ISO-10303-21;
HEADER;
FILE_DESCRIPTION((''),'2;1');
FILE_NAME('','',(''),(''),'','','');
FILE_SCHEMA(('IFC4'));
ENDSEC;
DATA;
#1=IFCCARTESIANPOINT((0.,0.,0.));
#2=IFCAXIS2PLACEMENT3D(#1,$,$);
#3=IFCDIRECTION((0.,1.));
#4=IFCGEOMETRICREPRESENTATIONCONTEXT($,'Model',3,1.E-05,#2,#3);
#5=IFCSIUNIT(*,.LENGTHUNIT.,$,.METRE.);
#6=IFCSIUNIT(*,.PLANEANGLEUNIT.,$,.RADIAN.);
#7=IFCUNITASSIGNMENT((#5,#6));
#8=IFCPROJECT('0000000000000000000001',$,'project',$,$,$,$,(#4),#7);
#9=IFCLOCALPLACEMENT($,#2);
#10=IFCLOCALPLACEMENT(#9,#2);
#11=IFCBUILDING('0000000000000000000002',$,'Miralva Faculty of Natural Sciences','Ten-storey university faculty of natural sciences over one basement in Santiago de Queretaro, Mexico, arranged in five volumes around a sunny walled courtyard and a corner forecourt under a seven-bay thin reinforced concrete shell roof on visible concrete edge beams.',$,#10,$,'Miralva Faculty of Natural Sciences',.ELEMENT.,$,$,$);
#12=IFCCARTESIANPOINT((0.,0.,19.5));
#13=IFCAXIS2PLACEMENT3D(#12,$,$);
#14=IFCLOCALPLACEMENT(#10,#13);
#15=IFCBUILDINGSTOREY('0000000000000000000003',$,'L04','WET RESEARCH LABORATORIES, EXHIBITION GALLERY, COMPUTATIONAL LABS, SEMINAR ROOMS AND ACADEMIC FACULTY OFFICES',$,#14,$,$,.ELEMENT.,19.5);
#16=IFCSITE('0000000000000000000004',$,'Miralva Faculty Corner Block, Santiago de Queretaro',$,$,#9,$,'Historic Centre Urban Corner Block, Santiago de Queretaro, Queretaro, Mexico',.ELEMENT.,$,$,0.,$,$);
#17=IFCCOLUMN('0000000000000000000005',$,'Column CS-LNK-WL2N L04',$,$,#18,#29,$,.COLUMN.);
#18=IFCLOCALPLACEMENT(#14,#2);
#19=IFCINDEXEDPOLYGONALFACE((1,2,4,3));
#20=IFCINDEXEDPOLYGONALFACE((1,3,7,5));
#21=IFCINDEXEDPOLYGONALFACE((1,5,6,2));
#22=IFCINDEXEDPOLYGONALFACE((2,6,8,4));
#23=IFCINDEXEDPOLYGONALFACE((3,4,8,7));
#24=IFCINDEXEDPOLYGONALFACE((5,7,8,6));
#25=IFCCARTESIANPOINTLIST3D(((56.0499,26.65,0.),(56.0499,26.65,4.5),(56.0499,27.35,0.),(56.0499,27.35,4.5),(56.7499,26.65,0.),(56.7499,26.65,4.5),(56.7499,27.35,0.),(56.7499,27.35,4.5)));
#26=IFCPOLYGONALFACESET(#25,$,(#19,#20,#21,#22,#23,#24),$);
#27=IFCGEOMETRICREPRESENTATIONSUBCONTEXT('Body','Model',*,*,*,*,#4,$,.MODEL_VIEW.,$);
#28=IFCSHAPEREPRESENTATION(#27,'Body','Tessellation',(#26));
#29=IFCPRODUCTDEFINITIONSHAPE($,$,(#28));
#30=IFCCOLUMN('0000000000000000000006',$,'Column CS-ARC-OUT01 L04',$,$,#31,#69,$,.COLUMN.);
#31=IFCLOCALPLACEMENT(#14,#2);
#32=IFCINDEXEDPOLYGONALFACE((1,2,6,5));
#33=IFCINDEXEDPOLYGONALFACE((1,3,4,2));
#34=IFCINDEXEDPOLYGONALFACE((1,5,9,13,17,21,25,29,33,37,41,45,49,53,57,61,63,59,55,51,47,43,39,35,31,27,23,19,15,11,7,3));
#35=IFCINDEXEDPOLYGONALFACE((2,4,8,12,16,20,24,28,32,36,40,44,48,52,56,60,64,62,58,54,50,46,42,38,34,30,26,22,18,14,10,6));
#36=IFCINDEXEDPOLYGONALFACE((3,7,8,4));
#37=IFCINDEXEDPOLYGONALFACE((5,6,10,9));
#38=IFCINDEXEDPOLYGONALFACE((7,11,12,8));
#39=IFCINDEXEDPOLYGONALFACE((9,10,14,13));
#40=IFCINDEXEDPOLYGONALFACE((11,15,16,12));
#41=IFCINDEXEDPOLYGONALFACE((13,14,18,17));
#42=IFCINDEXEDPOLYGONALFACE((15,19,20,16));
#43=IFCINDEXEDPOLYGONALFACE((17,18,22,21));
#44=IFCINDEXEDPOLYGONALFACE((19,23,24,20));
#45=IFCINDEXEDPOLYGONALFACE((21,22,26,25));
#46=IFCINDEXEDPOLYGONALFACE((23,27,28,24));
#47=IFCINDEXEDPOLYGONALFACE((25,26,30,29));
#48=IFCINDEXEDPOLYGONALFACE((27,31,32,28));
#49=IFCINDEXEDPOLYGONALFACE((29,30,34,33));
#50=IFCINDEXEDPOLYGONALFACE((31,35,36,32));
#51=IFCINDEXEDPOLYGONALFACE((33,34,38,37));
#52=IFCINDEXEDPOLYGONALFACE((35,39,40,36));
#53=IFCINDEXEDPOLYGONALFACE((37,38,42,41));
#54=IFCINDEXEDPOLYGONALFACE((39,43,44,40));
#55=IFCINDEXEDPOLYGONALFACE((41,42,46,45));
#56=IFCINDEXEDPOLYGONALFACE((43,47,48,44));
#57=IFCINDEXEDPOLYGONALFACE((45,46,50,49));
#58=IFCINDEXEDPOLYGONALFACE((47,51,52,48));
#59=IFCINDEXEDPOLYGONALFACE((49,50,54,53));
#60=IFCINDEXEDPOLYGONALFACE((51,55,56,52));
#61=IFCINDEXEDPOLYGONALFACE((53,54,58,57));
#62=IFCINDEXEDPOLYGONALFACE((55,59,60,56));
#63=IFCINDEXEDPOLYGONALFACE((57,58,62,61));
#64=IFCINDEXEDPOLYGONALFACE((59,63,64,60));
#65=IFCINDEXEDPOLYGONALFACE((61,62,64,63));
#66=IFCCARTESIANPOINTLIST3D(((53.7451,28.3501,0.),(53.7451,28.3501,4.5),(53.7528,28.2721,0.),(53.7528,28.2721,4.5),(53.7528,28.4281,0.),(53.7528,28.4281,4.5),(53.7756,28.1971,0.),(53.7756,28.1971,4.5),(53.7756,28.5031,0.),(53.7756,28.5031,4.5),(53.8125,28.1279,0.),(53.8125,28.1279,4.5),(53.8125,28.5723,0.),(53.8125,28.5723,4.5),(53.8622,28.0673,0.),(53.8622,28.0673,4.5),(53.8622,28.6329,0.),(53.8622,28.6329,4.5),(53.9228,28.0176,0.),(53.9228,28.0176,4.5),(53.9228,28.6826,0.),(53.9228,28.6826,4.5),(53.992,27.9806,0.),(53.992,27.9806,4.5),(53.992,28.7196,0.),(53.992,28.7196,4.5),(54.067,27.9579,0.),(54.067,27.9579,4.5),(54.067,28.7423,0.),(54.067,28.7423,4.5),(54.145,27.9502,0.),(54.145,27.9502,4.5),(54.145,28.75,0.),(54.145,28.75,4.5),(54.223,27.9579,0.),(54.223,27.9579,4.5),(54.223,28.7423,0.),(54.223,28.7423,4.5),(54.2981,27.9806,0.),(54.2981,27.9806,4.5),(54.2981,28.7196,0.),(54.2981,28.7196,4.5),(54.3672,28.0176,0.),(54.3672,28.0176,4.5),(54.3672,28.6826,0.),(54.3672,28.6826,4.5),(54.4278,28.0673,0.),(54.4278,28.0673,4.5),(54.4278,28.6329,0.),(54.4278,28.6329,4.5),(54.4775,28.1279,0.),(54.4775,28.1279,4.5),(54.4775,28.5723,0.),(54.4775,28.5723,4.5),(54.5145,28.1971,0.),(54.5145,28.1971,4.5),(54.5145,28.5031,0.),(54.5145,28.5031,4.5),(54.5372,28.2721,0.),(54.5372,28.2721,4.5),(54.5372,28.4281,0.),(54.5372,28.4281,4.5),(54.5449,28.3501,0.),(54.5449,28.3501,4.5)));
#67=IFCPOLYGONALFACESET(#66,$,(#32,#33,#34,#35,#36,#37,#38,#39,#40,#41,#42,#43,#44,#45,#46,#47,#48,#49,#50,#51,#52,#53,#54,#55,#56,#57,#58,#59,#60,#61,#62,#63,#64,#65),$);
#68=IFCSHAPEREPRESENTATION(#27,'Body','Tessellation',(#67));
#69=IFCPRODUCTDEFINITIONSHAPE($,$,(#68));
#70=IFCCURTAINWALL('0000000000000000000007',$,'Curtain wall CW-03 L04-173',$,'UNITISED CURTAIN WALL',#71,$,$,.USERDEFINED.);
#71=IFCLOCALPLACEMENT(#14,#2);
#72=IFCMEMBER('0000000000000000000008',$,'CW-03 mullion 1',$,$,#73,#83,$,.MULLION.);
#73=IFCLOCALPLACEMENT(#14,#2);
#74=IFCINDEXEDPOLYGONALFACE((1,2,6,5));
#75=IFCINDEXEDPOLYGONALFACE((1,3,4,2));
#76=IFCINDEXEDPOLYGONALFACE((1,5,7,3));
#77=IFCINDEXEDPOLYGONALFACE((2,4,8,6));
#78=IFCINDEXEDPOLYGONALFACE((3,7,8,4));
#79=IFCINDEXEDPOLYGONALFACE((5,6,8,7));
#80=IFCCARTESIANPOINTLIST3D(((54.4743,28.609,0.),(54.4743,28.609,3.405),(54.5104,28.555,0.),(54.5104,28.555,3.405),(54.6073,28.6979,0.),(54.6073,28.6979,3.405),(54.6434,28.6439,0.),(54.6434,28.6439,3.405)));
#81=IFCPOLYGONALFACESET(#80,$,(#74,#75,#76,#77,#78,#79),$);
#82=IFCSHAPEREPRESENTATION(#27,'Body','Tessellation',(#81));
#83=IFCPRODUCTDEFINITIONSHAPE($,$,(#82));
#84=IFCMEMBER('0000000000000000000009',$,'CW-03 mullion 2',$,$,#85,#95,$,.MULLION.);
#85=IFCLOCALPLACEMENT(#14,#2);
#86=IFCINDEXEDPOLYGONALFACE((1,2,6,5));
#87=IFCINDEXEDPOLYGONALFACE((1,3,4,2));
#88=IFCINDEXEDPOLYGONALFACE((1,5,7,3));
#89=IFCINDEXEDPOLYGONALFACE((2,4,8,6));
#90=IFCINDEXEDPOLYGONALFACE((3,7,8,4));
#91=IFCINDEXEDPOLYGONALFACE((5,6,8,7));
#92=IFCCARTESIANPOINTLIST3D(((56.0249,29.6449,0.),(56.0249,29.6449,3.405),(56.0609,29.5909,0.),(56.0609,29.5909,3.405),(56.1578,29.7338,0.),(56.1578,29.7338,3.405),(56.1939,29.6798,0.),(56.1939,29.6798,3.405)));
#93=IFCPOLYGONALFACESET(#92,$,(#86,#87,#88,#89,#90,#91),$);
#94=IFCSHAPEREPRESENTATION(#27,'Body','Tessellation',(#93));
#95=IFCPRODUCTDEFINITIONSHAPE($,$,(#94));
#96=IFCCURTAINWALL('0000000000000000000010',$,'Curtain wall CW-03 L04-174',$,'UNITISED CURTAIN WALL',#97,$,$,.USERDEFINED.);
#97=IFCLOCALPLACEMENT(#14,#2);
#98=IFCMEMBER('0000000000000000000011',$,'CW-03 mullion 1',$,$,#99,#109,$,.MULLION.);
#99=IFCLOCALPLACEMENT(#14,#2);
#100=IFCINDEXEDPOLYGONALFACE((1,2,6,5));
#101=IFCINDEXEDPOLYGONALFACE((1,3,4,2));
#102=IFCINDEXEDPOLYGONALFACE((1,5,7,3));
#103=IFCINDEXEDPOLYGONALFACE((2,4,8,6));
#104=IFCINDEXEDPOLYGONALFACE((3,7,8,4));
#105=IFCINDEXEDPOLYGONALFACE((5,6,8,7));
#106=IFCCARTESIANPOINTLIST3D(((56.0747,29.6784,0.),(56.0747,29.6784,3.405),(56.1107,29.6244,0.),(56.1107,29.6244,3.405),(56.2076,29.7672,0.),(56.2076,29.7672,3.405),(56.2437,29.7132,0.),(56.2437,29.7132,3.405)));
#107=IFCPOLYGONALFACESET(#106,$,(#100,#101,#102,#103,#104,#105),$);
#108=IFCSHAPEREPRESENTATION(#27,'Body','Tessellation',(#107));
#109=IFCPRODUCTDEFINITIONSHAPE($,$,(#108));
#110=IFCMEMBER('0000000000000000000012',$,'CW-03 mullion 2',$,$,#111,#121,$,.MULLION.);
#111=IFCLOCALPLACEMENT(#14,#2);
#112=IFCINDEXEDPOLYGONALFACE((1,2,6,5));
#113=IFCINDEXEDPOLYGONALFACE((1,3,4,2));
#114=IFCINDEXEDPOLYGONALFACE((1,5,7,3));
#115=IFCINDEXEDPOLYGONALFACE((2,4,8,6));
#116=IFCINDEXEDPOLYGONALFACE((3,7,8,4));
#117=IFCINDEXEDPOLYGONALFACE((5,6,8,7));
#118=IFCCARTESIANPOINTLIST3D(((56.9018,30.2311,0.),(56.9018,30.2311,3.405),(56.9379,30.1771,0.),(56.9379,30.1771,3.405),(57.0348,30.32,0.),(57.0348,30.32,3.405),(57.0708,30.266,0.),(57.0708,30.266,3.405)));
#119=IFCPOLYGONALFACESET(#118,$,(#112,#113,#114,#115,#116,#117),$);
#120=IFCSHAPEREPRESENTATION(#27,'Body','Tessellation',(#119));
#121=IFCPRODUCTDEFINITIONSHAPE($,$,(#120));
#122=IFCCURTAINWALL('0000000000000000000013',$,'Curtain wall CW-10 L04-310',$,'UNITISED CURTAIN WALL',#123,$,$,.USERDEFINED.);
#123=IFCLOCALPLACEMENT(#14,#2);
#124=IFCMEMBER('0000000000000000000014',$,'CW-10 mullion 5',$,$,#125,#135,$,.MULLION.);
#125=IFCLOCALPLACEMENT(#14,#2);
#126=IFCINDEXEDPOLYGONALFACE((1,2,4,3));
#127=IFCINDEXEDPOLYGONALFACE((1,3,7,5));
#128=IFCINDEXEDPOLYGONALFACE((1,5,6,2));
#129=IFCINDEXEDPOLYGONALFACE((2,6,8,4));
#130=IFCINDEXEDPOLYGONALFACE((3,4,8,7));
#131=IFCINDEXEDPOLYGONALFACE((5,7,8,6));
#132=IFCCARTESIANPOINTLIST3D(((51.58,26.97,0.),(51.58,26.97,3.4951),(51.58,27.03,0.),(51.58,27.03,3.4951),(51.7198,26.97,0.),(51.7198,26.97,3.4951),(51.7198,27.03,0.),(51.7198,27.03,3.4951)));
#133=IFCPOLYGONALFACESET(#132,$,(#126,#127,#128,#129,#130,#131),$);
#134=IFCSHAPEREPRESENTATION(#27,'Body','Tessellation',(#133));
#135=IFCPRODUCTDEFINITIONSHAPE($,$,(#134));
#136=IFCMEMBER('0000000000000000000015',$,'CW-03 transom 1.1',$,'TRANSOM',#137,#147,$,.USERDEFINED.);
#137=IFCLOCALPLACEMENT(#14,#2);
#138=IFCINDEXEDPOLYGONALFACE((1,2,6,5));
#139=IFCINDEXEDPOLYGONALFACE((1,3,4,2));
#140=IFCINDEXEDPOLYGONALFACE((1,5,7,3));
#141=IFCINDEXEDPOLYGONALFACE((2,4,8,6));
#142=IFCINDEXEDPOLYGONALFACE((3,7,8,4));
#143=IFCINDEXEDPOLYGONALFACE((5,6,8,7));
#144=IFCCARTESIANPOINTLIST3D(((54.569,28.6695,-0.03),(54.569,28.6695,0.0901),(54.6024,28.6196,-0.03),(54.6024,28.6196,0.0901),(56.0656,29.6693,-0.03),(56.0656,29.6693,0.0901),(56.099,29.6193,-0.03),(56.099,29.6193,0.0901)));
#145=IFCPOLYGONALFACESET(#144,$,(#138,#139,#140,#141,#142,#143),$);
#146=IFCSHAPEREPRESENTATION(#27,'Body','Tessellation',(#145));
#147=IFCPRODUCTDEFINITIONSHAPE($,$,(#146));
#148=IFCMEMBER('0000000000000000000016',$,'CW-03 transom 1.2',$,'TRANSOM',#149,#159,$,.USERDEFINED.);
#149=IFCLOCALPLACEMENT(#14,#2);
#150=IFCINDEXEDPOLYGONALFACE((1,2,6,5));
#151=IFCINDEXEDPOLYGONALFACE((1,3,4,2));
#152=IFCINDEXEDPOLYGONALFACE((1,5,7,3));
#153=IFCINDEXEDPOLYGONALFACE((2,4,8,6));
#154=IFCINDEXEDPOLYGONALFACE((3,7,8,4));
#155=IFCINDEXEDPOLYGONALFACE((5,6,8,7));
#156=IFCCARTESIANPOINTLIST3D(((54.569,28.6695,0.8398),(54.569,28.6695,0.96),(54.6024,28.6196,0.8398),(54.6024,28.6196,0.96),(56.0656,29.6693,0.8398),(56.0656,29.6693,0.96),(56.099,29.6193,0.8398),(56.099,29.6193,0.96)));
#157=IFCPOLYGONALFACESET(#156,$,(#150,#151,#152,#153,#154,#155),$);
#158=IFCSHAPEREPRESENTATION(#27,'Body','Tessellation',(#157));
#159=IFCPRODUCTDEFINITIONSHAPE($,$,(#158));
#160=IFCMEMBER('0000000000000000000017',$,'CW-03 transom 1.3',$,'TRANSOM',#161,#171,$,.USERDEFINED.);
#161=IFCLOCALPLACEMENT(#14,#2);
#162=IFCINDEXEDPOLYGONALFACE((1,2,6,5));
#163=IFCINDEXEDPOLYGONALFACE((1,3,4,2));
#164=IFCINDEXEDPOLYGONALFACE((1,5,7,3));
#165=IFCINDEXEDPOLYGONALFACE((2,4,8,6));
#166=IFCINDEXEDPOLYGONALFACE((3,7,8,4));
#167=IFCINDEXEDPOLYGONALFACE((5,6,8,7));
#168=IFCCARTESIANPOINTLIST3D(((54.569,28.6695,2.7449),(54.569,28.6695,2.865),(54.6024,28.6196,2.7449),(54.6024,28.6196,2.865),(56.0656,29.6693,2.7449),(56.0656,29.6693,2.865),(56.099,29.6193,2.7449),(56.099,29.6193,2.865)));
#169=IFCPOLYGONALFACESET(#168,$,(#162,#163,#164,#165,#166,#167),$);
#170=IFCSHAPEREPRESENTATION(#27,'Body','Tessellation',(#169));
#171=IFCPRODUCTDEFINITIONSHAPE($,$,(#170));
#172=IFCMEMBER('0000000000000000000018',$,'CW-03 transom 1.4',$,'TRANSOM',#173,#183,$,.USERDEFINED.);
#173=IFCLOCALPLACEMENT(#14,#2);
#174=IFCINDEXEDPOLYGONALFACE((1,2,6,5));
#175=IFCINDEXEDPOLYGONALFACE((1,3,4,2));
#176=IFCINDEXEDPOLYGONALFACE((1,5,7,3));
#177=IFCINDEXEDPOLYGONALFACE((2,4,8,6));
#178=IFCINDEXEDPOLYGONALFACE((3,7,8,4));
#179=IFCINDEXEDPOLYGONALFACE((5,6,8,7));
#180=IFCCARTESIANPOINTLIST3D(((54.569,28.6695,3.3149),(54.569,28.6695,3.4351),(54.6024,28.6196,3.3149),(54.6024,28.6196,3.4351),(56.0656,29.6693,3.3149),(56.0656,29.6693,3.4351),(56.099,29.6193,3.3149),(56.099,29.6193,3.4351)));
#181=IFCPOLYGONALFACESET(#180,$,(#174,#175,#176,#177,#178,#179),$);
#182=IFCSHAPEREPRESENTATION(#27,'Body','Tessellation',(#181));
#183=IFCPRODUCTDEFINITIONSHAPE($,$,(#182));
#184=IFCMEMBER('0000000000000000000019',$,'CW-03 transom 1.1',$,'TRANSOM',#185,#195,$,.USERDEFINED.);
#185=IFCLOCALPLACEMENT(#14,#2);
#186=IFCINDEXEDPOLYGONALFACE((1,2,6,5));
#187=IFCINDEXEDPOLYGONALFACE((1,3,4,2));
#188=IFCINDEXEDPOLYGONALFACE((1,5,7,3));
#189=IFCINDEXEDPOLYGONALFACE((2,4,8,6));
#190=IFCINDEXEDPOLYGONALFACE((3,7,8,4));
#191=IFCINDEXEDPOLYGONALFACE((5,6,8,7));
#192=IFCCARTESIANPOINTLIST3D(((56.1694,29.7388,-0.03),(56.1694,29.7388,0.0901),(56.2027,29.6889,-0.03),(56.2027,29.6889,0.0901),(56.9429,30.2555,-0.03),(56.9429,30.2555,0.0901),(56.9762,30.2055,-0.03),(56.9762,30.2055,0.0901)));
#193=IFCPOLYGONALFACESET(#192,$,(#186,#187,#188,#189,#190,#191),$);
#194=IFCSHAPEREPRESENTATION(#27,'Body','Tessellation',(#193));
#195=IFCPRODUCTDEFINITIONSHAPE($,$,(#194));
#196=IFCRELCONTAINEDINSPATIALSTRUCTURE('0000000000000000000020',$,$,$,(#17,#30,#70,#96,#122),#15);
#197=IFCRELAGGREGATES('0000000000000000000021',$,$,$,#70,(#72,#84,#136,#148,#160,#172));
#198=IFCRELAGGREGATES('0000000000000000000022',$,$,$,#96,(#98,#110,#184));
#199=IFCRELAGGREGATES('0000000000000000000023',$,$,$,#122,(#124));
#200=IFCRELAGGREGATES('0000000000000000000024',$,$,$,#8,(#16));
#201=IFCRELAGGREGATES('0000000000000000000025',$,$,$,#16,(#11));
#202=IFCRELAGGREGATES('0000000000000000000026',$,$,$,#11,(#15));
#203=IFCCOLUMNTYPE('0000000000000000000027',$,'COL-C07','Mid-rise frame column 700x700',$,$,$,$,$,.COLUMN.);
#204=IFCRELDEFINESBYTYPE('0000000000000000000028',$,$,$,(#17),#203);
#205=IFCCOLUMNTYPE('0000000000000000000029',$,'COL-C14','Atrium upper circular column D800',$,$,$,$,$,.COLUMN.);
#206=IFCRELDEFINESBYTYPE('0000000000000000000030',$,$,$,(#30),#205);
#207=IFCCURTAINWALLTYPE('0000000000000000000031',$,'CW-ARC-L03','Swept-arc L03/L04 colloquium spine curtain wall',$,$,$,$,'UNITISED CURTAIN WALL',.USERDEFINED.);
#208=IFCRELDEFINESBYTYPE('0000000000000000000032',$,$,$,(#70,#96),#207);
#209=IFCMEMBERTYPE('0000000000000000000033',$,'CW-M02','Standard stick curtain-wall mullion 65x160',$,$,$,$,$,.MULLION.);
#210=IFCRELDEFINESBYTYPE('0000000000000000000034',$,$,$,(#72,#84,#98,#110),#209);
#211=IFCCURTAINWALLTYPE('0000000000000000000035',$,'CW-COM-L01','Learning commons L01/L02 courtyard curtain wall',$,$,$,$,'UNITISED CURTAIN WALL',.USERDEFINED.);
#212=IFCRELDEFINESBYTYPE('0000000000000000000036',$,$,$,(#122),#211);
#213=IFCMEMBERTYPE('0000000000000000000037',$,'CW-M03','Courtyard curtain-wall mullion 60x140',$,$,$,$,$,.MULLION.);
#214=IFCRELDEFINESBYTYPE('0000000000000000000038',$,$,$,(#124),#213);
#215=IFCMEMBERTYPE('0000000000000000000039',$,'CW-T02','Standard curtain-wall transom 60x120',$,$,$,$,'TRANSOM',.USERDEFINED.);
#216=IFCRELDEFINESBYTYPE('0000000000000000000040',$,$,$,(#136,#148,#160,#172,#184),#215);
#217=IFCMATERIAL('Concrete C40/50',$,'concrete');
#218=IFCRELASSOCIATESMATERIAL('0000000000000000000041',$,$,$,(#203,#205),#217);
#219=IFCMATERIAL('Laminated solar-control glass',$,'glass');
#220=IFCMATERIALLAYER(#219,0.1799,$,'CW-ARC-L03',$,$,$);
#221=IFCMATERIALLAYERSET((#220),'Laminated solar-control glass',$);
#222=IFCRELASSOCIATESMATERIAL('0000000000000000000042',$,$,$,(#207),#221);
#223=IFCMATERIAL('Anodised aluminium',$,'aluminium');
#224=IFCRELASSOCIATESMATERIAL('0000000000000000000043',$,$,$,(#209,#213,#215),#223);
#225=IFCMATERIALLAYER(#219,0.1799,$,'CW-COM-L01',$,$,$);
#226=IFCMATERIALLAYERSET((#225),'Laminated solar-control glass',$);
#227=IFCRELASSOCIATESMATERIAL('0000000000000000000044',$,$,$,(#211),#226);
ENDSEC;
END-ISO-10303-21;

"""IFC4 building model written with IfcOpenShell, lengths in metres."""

from ifc_helpers import new_model, si_unit, direction, frame, origin, origin_2d, place, context, subcontext, project, spatial, rectangle, circle, extrude, material, layer, layer_set, material_profile, profile_set, type_object, element, aggregate, save


model = new_model("IFC4")

# Units and contexts
model_context = context("Model", 3, precision=1e-05, world=origin(), true_north=direction((0.0, 1.0)))
body_context = subcontext(model_context, "Body", "Model", "MODEL_VIEW")
ifc_project = project(units=[si_unit("LENGTHUNIT", "METRE"), si_unit("PLANEANGLEUNIT", "RADIAN")], contexts=[model_context])

# Site, building, storey
site_placement = place(None, origin())
site = spatial("IfcSite", under=ifc_project, at=site_placement, Name="Miralva Faculty Corner Block, Santiago de Queretaro", LongName="Historic Centre Urban Corner Block, Santiago de Queretaro, Queretaro, Mexico", CompositionType="ELEMENT", RefElevation=0.0)
building_placement = place(site_placement, origin())
building = spatial("IfcBuilding", under=site, at=building_placement, Name="Miralva Faculty of Natural Sciences", Description="Ten-storey university faculty of natural sciences over one basement in Santiago de Queretaro, Mexico, arranged in five volumes around a sunny walled courtyard and a corner forecourt under a seven-bay thin reinforced concrete shell roof on visible concrete edge beams.", LongName="Miralva Faculty of Natural Sciences", CompositionType="ELEMENT")
storey_placement = place(building_placement, frame((0.0, 0.0, 19.5)))
storey = spatial("IfcBuildingStorey", under=building, at=storey_placement, Name="L04", Description="WET RESEARCH LABORATORIES, EXHIBITION GALLERY, COMPUTATIONAL LABS, SEMINAR ROOMS AND ACADEMIC FACULTY OFFICES", CompositionType="ELEMENT", Elevation=19.5)

# Columns
ifc_material_1 = material(Name="Concrete C40/50", Category="concrete")
ifc_material_profile_1 = material_profile(ifc_material_1, rectangle(XDim=0.7, YDim=0.7, at=origin_2d()), Name="RC 700x700")
ifc_profile_set_1 = profile_set([ifc_material_profile_1], Name="Concrete C40/50")
column_type_1 = type_object("IfcColumnType", Name="COL-C07", Description="Mid-rise frame column 700x700", PredefinedType="COLUMN", material=ifc_profile_set_1)
column_1_placement = place(storey_placement, frame((56.3999, 27.0, 0.0), z_axis=(0.0, 0.0, 1.0), x_axis=(1.0, 0.0, 0.0)))
element("IfcColumn", 1, at=column_1_placement, inside=storey, type_object=column_type_1, Name="Column CS-LNK-WL2N L04", PredefinedType="COLUMN", context=body_context, shape_type="SweptSolid", body=[
    extrude(rectangle(XDim=0.7, YDim=0.7, at=origin_2d()), origin(), (0.0, 0.0, 1.0), 4.5),
])
ifc_material_profile_2 = material_profile(ifc_material_1, circle(Radius=0.3999, at=origin_2d()), Name="RC DIA 800")
ifc_profile_set_2 = profile_set([ifc_material_profile_2], Name="Concrete C40/50")
column_type_2 = type_object("IfcColumnType", Name="COL-C14", Description="Atrium upper circular column D800", PredefinedType="COLUMN", material=ifc_profile_set_2)
column_2_placement = place(storey_placement, frame((54.145, 28.3501, 0.0), z_axis=(0.0, 0.0, 1.0), x_axis=(1.0, 0.0, 0.0)))
element("IfcColumn", 2, at=column_2_placement, inside=storey, type_object=column_type_2, Name="Column CS-ARC-OUT01 L04", PredefinedType="COLUMN", context=body_context, shape_type="SweptSolid", body=[
    extrude(circle(Radius=0.3999, at=origin_2d()), origin(), (0.0, 0.0, 1.0), 4.5),
])

# Curtain walls, members
ifc_material_2 = material(Name="Laminated solar-control glass", Category="glass")
ifc_layer_1 = layer(ifc_material_2, 0.1799, Name="CW-ARC-L03")
ifc_layer_set_1 = layer_set([ifc_layer_1], Name="Laminated solar-control glass")
curtain_wall_type_1 = type_object("IfcCurtainWallType", Name="CW-ARC-L03", Description="Swept-arc L03/L04 colloquium spine curtain wall", ElementType="UNITISED CURTAIN WALL", PredefinedType="USERDEFINED", material=ifc_layer_set_1)
curtain_wall_1_placement = place(storey_placement, origin())
curtain_wall_1 = element("IfcCurtainWall", 3, at=curtain_wall_1_placement, inside=storey, type_object=curtain_wall_type_1, Name="Curtain wall CW-03 L04-173", ObjectType="UNITISED CURTAIN WALL", PredefinedType="USERDEFINED")
ifc_material_3 = material(Name="Anodised aluminium", Category="aluminium")
ifc_material_profile_3 = material_profile(ifc_material_3, rectangle(XDim=0.0649, YDim=0.1599, at=origin_2d()), Name="MULLION 65x160")
ifc_profile_set_3 = profile_set([ifc_material_profile_3], Name="Anodised aluminium")
member_type_1 = type_object("IfcMemberType", Name="CW-M02", Description="Standard stick curtain-wall mullion 65x160", PredefinedType="MULLION", material=ifc_profile_set_3)
member_1_placement = place(storey_placement, frame((54.5588, 28.6265, 0.0), z_axis=(0.0, 0.0, 1.0), x_axis=(-0.555549, 0.831484, 0.0)))
member_1 = element("IfcMember", 4, at=member_1_placement, type_object=member_type_1, Name="CW-03 mullion 1", PredefinedType="MULLION", context=body_context, shape_type="SweptSolid", body=[
    extrude(rectangle(XDim=0.0649, YDim=0.1599, at=origin_2d()), origin(), (0.0, 0.0, 1.0), 3.405),
])
member_2_placement = place(storey_placement, frame((56.1094, 29.6624, 0.0), z_axis=(0.0, 0.0, 1.0), x_axis=(-0.555549, 0.831484, 0.0)))
member_2 = element("IfcMember", 5, at=member_2_placement, type_object=member_type_1, Name="CW-03 mullion 2", PredefinedType="MULLION", context=body_context, shape_type="SweptSolid", body=[
    extrude(rectangle(XDim=0.0649, YDim=0.1599, at=origin_2d()), origin(), (0.0, 0.0, 1.0), 3.405),
])
curtain_wall_2_placement = place(storey_placement, origin())
curtain_wall_2 = element("IfcCurtainWall", 6, at=curtain_wall_2_placement, inside=storey, type_object=curtain_wall_type_1, Name="Curtain wall CW-03 L04-174", ObjectType="UNITISED CURTAIN WALL", PredefinedType="USERDEFINED")
member_3_placement = place(storey_placement, frame((56.1592, 29.6958, 0.0), z_axis=(0.0, 0.0, 1.0), x_axis=(-0.555587, 0.831458, 0.0)))
member_3 = element("IfcMember", 7, at=member_3_placement, type_object=member_type_1, Name="CW-03 mullion 1", PredefinedType="MULLION", context=body_context, shape_type="SweptSolid", body=[
    extrude(rectangle(XDim=0.0649, YDim=0.1599, at=origin_2d()), origin(), (0.0, 0.0, 1.0), 3.405),
])
member_4_placement = place(storey_placement, frame((56.9863, 30.2485, 0.0), z_axis=(0.0, 0.0, 1.0), x_axis=(-0.555587, 0.831458, 0.0)))
member_4 = element("IfcMember", 8, at=member_4_placement, type_object=member_type_1, Name="CW-03 mullion 2", PredefinedType="MULLION", context=body_context, shape_type="SweptSolid", body=[
    extrude(rectangle(XDim=0.0649, YDim=0.1599, at=origin_2d()), origin(), (0.0, 0.0, 1.0), 3.405),
])

# Curtain wall, member
ifc_layer_2 = layer(ifc_material_2, 0.1799, Name="CW-COM-L01")
ifc_layer_set_2 = layer_set([ifc_layer_2], Name="Laminated solar-control glass")
curtain_wall_type_2 = type_object("IfcCurtainWallType", Name="CW-COM-L01", Description="Learning commons L01/L02 courtyard curtain wall", ElementType="UNITISED CURTAIN WALL", PredefinedType="USERDEFINED", material=ifc_layer_set_2)
curtain_wall_3_placement = place(storey_placement, origin())
curtain_wall_3 = element("IfcCurtainWall", 9, at=curtain_wall_3_placement, inside=storey, type_object=curtain_wall_type_2, Name="Curtain wall CW-10 L04-310", ObjectType="UNITISED CURTAIN WALL", PredefinedType="USERDEFINED")
ifc_material_profile_4 = material_profile(ifc_material_3, rectangle(XDim=0.0601, YDim=0.1399, at=origin_2d()), Name="MULLION 60x140")
ifc_profile_set_4 = profile_set([ifc_material_profile_4], Name="Anodised aluminium")
member_type_2 = type_object("IfcMemberType", Name="CW-M03", Description="Courtyard curtain-wall mullion 60x140", PredefinedType="MULLION", material=ifc_profile_set_4)
member_5_placement = place(storey_placement, frame((51.6499, 27.0, 0.0), z_axis=(0.0, 0.0, 1.0), x_axis=(0.0, 1.0, 0.0)))
member_5 = element("IfcMember", 10, at=member_5_placement, type_object=member_type_2, Name="CW-10 mullion 5", PredefinedType="MULLION", context=body_context, shape_type="SweptSolid", body=[
    extrude(rectangle(XDim=0.0601, YDim=0.1399, at=origin_2d()), origin(), (0.0, 0.0, 1.0), 3.4951),
])

# Members
ifc_material_profile_5 = material_profile(ifc_material_3, rectangle(XDim=0.0601, YDim=0.1201, at=origin_2d()), Name="TRANSOM 60x120")
ifc_profile_set_5 = profile_set([ifc_material_profile_5], Name="Anodised aluminium")
member_type_3 = type_object("IfcMemberType", Name="CW-T02", Description="Standard curtain-wall transom 60x120", ElementType="TRANSOM", PredefinedType="USERDEFINED", material=ifc_profile_set_5)
member_6_placement = place(storey_placement, frame((54.5857, 28.6445, 0.03), z_axis=(0.831528, 0.555483, 0.0), x_axis=(-0.555483, 0.831528, 0.0)))
member_6 = element("IfcMember", 11, at=member_6_placement, type_object=member_type_3, Name="CW-03 transom 1.1", ObjectType="TRANSOM", PredefinedType="USERDEFINED", context=body_context, shape_type="SweptSolid", body=[
    extrude(rectangle(XDim=0.0601, YDim=0.1201, at=origin_2d()), origin(), (0.0, 0.0, 1.0), 1.7998),
])
member_7_placement = place(storey_placement, frame((54.5857, 28.6445, 0.8999), z_axis=(0.831528, 0.555483, 0.0), x_axis=(-0.555483, 0.831528, 0.0)))
member_7 = element("IfcMember", 12, at=member_7_placement, type_object=member_type_3, Name="CW-03 transom 1.2", ObjectType="TRANSOM", PredefinedType="USERDEFINED", context=body_context, shape_type="SweptSolid", body=[
    extrude(rectangle(XDim=0.0601, YDim=0.1201, at=origin_2d()), origin(), (0.0, 0.0, 1.0), 1.7998),
])
member_8_placement = place(storey_placement, frame((54.5857, 28.6445, 2.8049), z_axis=(0.831528, 0.555483, 0.0), x_axis=(-0.555483, 0.831528, 0.0)))
member_8 = element("IfcMember", 13, at=member_8_placement, type_object=member_type_3, Name="CW-03 transom 1.3", ObjectType="TRANSOM", PredefinedType="USERDEFINED", context=body_context, shape_type="SweptSolid", body=[
    extrude(rectangle(XDim=0.0601, YDim=0.1201, at=origin_2d()), origin(), (0.0, 0.0, 1.0), 1.7998),
])
member_9_placement = place(storey_placement, frame((54.5857, 28.6445, 3.375), z_axis=(0.831528, 0.555483, 0.0), x_axis=(-0.555483, 0.831528, 0.0)))
member_9 = element("IfcMember", 14, at=member_9_placement, type_object=member_type_3, Name="CW-03 transom 1.4", ObjectType="TRANSOM", PredefinedType="USERDEFINED", context=body_context, shape_type="SweptSolid", body=[
    extrude(rectangle(XDim=0.0601, YDim=0.1201, at=origin_2d()), origin(), (0.0, 0.0, 1.0), 1.7998),
])
member_10_placement = place(storey_placement, frame((56.186, 29.7139, 0.03), z_axis=(0.831565, 0.555427, 0.0), x_axis=(-0.555427, 0.831565, 0.0)))
member_10 = element("IfcMember", 15, at=member_10_placement, type_object=member_type_3, Name="CW-03 transom 1.1", ObjectType="TRANSOM", PredefinedType="USERDEFINED", context=body_context, shape_type="SweptSolid", body=[
    extrude(rectangle(XDim=0.0601, YDim=0.1201, at=origin_2d()), origin(), (0.0, 0.0, 1.0), 0.9302),
])

aggregate(curtain_wall_1, [member_1, member_2, member_6, member_7, member_8, member_9])
aggregate(curtain_wall_2, [member_3, member_4, member_10])
aggregate(curtain_wall_3, [member_5])

save(model, "model.ifc")
